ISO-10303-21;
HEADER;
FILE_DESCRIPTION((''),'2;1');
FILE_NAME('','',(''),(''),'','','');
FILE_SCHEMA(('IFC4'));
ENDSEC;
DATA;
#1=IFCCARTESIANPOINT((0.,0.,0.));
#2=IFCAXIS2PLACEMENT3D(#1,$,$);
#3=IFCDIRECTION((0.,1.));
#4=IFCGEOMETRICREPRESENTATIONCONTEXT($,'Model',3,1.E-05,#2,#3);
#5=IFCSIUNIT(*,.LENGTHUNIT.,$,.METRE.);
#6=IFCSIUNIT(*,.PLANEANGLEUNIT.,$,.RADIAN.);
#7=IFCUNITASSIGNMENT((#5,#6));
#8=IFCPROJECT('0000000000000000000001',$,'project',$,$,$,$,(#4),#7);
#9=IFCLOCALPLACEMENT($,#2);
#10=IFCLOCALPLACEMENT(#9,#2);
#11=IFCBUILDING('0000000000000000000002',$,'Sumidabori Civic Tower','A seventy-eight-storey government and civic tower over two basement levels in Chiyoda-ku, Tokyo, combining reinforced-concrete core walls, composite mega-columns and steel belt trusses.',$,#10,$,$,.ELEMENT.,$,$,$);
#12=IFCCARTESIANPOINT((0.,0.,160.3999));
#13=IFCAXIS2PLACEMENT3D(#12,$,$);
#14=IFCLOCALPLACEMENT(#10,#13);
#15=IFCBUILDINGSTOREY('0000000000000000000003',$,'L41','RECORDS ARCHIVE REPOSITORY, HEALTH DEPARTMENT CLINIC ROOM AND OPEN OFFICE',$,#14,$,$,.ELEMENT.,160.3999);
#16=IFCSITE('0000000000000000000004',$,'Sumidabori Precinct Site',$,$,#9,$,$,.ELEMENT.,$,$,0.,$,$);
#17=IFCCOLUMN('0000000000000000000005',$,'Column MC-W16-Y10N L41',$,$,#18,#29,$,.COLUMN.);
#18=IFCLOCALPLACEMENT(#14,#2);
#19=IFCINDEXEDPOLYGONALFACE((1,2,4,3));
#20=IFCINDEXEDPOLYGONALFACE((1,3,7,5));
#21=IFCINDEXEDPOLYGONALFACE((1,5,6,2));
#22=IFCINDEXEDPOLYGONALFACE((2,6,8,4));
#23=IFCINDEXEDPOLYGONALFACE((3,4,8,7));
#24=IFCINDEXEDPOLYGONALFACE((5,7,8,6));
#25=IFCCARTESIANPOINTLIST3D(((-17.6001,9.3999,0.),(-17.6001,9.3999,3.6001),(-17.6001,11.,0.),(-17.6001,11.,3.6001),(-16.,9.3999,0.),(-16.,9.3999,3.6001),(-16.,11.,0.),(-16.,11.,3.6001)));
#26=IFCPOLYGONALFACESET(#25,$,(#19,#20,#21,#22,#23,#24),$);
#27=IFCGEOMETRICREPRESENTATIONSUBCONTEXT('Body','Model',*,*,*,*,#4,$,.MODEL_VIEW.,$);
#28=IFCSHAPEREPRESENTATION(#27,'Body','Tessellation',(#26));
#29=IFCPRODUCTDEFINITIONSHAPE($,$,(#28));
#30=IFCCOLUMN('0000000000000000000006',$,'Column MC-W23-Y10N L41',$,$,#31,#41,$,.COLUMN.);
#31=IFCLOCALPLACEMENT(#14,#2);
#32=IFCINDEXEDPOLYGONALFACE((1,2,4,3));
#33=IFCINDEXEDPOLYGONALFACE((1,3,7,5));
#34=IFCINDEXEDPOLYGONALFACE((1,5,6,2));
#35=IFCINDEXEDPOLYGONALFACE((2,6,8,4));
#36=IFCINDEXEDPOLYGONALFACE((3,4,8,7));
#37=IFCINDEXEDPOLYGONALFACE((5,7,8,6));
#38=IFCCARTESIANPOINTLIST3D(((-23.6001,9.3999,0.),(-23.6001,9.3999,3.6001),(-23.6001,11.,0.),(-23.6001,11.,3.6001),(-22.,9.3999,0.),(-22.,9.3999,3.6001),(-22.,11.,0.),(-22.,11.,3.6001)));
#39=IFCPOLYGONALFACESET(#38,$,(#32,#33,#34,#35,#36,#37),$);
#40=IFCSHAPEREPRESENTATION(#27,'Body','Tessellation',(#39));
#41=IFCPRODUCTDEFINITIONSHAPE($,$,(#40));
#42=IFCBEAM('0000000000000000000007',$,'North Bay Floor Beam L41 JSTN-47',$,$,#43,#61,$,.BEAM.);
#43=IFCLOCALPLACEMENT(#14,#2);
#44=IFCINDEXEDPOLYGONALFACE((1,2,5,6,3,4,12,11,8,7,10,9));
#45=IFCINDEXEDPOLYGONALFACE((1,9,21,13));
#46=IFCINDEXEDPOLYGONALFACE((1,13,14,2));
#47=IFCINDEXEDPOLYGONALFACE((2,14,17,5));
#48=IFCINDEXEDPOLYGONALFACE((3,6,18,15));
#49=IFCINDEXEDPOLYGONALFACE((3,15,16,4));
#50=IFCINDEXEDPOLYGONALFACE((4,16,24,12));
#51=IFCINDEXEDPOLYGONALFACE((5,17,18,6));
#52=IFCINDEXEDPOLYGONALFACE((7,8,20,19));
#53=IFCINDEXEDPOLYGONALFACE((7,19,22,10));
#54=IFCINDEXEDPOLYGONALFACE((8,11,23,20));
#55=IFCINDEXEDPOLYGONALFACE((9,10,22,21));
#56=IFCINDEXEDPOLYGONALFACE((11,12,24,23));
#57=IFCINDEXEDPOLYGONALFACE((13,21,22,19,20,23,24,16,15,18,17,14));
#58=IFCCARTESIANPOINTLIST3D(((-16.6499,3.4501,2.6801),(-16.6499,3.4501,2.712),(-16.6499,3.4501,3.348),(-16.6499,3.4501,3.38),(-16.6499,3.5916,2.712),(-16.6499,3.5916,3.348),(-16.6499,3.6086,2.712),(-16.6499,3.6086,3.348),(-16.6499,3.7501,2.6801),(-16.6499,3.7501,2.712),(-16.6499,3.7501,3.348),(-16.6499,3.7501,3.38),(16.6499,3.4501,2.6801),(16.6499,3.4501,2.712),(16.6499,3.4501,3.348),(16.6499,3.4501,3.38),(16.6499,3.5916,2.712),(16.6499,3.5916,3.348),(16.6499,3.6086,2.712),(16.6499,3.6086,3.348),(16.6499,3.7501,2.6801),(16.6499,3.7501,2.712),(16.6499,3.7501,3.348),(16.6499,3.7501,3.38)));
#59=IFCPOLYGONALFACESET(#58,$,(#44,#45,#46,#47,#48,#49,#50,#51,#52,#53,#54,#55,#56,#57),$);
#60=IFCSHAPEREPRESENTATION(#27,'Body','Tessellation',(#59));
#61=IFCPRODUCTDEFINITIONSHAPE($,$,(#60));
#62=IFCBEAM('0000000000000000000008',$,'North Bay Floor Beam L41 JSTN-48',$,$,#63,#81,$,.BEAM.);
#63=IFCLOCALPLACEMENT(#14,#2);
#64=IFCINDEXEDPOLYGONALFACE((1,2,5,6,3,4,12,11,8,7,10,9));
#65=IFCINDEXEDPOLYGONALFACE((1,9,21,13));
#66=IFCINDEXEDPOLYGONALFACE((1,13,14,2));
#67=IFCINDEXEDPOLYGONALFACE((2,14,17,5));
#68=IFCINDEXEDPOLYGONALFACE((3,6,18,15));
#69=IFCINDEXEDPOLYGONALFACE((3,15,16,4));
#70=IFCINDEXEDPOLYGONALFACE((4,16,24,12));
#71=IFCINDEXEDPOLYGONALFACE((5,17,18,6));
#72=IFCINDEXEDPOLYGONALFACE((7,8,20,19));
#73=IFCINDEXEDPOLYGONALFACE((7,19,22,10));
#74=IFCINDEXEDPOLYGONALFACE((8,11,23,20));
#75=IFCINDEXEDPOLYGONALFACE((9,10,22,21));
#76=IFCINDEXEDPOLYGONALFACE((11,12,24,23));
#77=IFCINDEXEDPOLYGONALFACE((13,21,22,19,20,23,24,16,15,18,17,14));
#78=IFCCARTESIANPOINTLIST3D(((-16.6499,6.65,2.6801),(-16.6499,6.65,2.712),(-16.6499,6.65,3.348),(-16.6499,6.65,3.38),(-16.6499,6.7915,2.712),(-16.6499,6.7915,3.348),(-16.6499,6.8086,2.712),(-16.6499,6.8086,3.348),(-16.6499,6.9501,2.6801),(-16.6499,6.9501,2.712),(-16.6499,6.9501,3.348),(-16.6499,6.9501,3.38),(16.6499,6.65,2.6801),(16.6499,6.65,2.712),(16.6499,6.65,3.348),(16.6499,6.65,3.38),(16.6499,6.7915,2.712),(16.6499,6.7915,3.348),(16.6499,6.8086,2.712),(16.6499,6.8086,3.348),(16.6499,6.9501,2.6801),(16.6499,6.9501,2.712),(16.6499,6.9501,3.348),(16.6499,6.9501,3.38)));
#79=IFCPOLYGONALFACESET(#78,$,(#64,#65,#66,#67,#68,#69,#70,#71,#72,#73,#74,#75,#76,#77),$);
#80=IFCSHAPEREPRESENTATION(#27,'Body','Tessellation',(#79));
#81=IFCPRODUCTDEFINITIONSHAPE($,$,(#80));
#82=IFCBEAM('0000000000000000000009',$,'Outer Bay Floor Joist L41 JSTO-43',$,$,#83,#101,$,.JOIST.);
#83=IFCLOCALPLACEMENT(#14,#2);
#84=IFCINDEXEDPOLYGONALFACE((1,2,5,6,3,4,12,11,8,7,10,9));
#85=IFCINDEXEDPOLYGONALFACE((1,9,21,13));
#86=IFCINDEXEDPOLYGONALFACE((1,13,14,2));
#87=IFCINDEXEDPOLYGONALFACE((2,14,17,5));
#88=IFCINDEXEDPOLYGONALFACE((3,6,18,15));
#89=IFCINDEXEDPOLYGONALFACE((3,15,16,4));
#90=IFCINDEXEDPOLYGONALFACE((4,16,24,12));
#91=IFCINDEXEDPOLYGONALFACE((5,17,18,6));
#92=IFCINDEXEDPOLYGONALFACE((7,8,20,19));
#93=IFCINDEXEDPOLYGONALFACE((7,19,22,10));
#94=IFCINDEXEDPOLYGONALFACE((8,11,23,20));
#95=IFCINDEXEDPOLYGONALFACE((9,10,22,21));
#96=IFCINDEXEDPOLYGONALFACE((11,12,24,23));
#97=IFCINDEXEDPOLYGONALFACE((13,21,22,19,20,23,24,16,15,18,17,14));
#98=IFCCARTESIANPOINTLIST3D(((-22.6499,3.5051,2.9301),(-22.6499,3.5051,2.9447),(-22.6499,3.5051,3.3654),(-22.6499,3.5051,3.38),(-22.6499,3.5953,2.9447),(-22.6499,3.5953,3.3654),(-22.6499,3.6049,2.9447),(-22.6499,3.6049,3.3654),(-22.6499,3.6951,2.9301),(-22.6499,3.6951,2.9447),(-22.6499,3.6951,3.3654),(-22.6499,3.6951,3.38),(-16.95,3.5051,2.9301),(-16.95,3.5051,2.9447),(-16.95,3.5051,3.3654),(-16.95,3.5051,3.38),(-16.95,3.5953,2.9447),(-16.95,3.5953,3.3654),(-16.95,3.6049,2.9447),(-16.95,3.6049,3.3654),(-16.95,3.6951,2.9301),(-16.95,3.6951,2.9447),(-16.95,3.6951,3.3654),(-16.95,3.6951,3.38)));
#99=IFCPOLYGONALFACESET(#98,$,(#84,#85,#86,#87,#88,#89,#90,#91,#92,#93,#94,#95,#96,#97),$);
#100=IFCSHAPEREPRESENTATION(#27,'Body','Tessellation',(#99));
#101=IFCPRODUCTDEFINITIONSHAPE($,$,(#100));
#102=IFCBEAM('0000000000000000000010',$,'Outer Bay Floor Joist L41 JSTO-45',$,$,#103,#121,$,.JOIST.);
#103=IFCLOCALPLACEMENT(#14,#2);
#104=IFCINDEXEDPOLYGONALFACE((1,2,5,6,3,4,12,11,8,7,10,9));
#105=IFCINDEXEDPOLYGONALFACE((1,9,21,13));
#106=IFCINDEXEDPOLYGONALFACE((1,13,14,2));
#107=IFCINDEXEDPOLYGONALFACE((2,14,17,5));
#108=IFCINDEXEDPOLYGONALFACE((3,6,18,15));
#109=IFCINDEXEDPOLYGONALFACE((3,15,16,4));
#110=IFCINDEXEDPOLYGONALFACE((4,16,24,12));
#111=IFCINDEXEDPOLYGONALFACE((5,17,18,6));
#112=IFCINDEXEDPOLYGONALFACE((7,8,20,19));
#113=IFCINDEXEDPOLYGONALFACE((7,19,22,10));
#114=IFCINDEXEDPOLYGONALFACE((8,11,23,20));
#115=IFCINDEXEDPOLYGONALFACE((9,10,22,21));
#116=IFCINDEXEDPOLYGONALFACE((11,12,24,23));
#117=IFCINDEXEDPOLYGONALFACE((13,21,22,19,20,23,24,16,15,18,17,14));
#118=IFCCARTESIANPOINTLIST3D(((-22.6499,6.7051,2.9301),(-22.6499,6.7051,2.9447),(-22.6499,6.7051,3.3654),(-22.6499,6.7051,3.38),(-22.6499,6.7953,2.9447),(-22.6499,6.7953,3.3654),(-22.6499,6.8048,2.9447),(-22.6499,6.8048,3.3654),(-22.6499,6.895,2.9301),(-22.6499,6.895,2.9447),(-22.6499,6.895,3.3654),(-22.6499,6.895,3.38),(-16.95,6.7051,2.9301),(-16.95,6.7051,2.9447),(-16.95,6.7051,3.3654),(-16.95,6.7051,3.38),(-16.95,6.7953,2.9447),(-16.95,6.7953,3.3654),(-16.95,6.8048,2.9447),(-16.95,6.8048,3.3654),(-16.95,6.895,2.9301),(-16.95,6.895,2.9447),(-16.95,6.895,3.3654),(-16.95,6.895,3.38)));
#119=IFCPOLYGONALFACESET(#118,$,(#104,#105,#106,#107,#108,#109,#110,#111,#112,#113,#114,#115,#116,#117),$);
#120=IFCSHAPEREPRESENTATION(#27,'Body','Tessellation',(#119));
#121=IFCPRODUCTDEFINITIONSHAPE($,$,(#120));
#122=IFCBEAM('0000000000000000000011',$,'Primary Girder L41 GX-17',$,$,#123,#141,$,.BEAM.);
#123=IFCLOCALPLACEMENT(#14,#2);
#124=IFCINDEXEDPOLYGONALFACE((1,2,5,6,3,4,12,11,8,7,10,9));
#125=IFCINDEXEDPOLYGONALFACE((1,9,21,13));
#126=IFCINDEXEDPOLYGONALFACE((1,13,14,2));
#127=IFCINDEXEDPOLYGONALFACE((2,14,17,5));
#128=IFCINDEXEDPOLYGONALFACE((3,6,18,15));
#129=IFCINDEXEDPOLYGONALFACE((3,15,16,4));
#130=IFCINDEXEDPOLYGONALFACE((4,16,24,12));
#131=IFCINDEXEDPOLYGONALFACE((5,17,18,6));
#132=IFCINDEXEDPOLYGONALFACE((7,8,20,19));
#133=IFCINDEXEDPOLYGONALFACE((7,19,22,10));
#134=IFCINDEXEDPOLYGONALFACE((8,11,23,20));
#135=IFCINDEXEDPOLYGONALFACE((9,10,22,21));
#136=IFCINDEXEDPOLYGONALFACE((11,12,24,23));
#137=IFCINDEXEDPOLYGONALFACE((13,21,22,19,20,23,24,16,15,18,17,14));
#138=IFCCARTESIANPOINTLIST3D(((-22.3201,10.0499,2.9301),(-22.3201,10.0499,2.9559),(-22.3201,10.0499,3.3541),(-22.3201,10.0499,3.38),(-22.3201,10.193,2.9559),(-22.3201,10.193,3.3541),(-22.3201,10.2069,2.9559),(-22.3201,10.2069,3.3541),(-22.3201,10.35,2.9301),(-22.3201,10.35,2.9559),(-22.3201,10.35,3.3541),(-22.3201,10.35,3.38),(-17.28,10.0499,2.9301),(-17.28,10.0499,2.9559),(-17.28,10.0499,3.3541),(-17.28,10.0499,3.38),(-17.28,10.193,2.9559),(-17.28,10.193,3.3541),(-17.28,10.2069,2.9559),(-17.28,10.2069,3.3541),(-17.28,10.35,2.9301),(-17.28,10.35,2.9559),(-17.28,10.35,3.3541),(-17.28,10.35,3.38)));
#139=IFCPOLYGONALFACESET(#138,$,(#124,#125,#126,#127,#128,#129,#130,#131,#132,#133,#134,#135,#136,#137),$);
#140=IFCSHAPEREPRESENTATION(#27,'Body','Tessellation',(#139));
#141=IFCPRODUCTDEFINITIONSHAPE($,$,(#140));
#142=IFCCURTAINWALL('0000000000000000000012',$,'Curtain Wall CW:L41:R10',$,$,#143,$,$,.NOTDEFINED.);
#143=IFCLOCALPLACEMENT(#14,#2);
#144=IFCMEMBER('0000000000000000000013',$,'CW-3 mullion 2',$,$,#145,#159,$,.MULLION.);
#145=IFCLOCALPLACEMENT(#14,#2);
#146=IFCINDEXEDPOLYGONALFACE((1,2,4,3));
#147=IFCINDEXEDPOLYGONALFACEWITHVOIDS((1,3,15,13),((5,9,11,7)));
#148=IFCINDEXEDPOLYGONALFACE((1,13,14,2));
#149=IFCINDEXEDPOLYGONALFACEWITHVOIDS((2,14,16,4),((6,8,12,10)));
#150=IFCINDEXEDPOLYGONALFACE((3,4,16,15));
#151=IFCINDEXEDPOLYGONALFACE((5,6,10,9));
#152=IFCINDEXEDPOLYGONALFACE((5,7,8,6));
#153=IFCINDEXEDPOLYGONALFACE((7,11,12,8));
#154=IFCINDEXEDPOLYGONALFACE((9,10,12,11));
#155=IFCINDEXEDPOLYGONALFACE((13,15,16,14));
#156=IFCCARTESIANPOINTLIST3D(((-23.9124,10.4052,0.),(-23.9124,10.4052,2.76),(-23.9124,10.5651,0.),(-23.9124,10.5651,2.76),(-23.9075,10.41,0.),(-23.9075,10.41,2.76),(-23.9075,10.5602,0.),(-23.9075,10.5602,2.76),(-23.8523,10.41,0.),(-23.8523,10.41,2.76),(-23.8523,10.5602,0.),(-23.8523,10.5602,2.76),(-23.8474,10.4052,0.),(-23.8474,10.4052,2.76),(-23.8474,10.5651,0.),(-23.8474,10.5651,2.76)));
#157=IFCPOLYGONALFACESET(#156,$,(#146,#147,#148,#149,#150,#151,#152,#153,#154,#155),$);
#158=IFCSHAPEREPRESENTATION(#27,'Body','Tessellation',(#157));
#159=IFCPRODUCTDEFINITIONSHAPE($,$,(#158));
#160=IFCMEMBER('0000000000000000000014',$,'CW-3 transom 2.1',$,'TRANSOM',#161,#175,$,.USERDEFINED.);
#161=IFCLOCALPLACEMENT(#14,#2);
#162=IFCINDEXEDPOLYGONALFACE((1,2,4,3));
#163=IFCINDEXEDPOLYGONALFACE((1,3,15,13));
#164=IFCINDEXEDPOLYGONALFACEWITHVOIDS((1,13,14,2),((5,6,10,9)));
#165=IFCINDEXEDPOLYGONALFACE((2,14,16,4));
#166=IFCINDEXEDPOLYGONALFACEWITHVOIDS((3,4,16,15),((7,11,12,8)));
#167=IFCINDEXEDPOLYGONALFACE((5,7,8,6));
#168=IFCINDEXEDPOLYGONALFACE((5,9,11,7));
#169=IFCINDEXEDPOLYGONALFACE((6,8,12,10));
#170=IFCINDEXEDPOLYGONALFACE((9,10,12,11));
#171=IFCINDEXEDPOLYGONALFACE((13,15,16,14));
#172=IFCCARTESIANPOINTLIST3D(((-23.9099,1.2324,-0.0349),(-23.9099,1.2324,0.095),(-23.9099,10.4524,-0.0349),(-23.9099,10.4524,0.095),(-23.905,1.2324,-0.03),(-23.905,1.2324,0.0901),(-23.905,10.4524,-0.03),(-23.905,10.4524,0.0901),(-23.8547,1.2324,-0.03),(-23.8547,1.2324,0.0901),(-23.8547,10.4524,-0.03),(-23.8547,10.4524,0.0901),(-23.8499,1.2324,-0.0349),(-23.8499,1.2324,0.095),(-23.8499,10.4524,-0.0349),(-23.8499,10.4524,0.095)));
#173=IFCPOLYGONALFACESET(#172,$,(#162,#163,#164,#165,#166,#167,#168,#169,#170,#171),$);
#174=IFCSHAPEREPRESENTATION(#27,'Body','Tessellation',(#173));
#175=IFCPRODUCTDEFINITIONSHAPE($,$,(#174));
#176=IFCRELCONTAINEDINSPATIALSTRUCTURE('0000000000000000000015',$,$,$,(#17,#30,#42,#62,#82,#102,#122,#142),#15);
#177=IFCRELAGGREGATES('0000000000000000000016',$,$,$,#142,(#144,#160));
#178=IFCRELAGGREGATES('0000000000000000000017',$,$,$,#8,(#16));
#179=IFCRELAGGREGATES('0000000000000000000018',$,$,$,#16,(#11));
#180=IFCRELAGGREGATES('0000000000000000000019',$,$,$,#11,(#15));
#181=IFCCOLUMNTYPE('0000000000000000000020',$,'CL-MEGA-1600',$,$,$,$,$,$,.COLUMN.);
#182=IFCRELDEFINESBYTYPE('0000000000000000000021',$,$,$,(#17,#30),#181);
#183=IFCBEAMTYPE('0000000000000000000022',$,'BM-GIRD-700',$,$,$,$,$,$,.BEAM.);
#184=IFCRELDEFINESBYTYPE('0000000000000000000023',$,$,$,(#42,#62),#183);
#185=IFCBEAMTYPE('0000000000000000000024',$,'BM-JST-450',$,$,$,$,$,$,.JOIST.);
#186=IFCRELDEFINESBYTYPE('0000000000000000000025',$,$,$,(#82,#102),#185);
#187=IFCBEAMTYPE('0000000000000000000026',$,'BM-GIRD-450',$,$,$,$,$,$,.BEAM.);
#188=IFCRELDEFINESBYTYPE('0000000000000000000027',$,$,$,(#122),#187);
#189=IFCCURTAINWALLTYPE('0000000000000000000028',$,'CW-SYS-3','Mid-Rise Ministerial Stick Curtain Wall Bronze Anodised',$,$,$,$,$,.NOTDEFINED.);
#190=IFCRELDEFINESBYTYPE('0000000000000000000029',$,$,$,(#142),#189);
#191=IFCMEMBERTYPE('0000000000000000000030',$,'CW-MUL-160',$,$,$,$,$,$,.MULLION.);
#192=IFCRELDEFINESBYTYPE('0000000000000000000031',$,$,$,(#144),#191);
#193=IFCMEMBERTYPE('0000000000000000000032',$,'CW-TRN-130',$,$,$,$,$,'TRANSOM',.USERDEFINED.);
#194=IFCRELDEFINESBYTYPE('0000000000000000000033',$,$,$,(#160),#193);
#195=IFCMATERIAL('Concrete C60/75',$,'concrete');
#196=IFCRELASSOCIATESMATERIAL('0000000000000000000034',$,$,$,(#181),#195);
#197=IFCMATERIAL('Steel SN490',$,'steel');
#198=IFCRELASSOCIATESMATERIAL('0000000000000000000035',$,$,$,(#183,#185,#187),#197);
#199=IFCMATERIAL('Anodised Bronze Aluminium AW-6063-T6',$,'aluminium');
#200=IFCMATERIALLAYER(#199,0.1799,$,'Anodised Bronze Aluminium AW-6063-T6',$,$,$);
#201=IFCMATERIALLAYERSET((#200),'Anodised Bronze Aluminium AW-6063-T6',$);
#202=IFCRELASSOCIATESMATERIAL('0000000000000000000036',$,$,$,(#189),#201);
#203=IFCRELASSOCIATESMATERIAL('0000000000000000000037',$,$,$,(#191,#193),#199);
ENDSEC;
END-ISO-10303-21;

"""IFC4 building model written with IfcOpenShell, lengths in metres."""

from ifc_helpers import new_model, si_unit, direction, frame, origin, origin_2d, place, context, subcontext, project, spatial, rectangle, hollow_rectangle, i_section, extrude, source, transform, mapped, material, layer, layer_set, material_profile, profile_set, type_object, element, aggregate, save


model = new_model("IFC4")

# Units and contexts
model_context = context("Model", 3, precision=1e-05, world=origin(), true_north=direction((0.0, 1.0)))
body_context = subcontext(model_context, "Body", "Model", "MODEL_VIEW")
ifc_project = project(units=[si_unit("LENGTHUNIT", "METRE"), si_unit("PLANEANGLEUNIT", "RADIAN")], contexts=[model_context])

# Site, building, storey
site_placement = place(None, origin())
site = spatial("IfcSite", under=ifc_project, at=site_placement, Name="Sumidabori Precinct Site", CompositionType="ELEMENT", RefElevation=0.0)
building_placement = place(site_placement, origin())
building = spatial("IfcBuilding", under=site, at=building_placement, Name="Sumidabori Civic Tower", Description="A seventy-eight-storey government and civic tower over two basement levels in Chiyoda-ku, Tokyo, combining reinforced-concrete core walls, composite mega-columns and steel belt trusses.", CompositionType="ELEMENT")
storey_placement = place(building_placement, frame((0.0, 0.0, 160.3999)))
storey = spatial("IfcBuildingStorey", under=building, at=storey_placement, Name="L41", Description="RECORDS ARCHIVE REPOSITORY, HEALTH DEPARTMENT CLINIC ROOM AND OPEN OFFICE", CompositionType="ELEMENT", Elevation=160.3999)

# Columns
ifc_material_1 = material(Name="Concrete C60/75", Category="concrete")
ifc_material_profile_1 = material_profile(ifc_material_1, rectangle(XDim=1.6001, YDim=1.6001, at=origin_2d()), Name="RC 1600x1600")
ifc_profile_set_1 = profile_set([ifc_material_profile_1], Name="Concrete C60/75")
column_type = type_object("IfcColumnType", Name="CL-MEGA-1600", PredefinedType="COLUMN", material=ifc_profile_set_1)
shared_shape_1 = source(origin(), body_context, "Body", "SweptSolid", [
    extrude(rectangle(XDim=1.6001, YDim=1.6001, at=origin_2d()), origin(), (0.0, 0.0, 1.0), 3.6001),
])
for number, where, z_axis, x_axis, name in (
    (1, (-16.8, 10.2, 0.0), (0.0, 0.0, 1.0), (1.0, 0.0, 0.0), "Column MC-W16-Y10N L41"),
    (2, (-22.8, 10.2, 0.0), (0.0, 0.0, 1.0), (1.0, 0.0, 0.0), "Column MC-W23-Y10N L41"),
):
    element("IfcColumn", number, at=place(storey_placement, frame(where, z_axis=z_axis, x_axis=x_axis)), inside=storey, type_object=column_type, Name=name, PredefinedType="COLUMN", context=body_context, shape_type="MappedRepresentation", body=[
        mapped(shared_shape_1, transform((0.0, 0.0, 0.0), x_axis=(1.0, 0.0, 0.0), y_axis=(0.0, 1.0, 0.0), z_axis=(0.0, 0.0, 1.0), scale=1.0)),
    ])

# Beams
ifc_material_2 = material(Name="Steel SN490", Category="steel")
ifc_material_profile_2 = material_profile(ifc_material_2, i_section(OverallWidth=0.3, OverallDepth=0.7, WebThickness=0.0171, FlangeThickness=0.032, at=origin_2d()), Name="HE 700 B")
ifc_profile_set_2 = profile_set([ifc_material_profile_2], Name="Steel SN490")
beam_type_1 = type_object("IfcBeamType", Name="BM-GIRD-700", PredefinedType="BEAM", material=ifc_profile_set_2)
shared_shape_2 = source(origin(), body_context, "Body", "SweptSolid", [
    extrude(i_section(OverallWidth=0.3, OverallDepth=0.7, WebThickness=0.0171, FlangeThickness=0.032, at=origin_2d()), origin(), (0.0, 0.0, 1.0), 33.2998),
])
for number, where, z_axis, x_axis, name in (
    (3, (-16.6499, 3.6001, 3.03), (1.0, 0.0, 0.0), (0.0, 1.0, 0.0), "North Bay Floor Beam L41 JSTN-47"),
    (4, (-16.6499, 6.8, 3.03), (1.0, 0.0, 0.0), (0.0, 1.0, 0.0), "North Bay Floor Beam L41 JSTN-48"),
):
    element("IfcBeam", number, at=place(storey_placement, frame(where, z_axis=z_axis, x_axis=x_axis)), inside=storey, type_object=beam_type_1, Name=name, PredefinedType="BEAM", context=body_context, shape_type="MappedRepresentation", body=[
        mapped(shared_shape_2, transform((0.0, 0.0, 0.0), x_axis=(1.0, 0.0, 0.0), y_axis=(0.0, 1.0, 0.0), z_axis=(0.0, 0.0, 1.0), scale=1.0)),
    ])
ifc_material_profile_3 = material_profile(ifc_material_2, i_section(OverallWidth=0.1899, OverallDepth=0.45, WebThickness=0.0095, FlangeThickness=0.0146, at=origin_2d()), Name="IPE 450")
ifc_profile_set_3 = profile_set([ifc_material_profile_3], Name="Steel SN490")
beam_type_2 = type_object("IfcBeamType", Name="BM-JST-450", PredefinedType="JOIST", material=ifc_profile_set_3)
shared_shape_3 = source(origin(), body_context, "Body", "SweptSolid", [
    extrude(i_section(OverallWidth=0.1899, OverallDepth=0.45, WebThickness=0.0095, FlangeThickness=0.0146, at=origin_2d()), origin(), (0.0, 0.0, 1.0), 5.7),
])
for number, where, z_axis, x_axis, name in (
    (5, (-22.6499, 3.6001, 3.155), (1.0, 0.0, 0.0), (0.0, 1.0, 0.0), "Outer Bay Floor Joist L41 JSTO-43"),
    (6, (-22.6499, 6.8, 3.155), (1.0, 0.0, 0.0), (0.0, 1.0, 0.0), "Outer Bay Floor Joist L41 JSTO-45"),
):
    element("IfcBeam", number, at=place(storey_placement, frame(where, z_axis=z_axis, x_axis=x_axis)), inside=storey, type_object=beam_type_2, Name=name, PredefinedType="JOIST", context=body_context, shape_type="MappedRepresentation", body=[
        mapped(shared_shape_3, transform((0.0, 0.0, 0.0), x_axis=(1.0, 0.0, 0.0), y_axis=(0.0, 1.0, 0.0), z_axis=(0.0, 0.0, 1.0), scale=1.0)),
    ])
ifc_material_profile_4 = material_profile(ifc_material_2, i_section(OverallWidth=0.3, OverallDepth=0.45, WebThickness=0.0139, FlangeThickness=0.0259, at=origin_2d()), Name="HE 450 B")
ifc_profile_set_4 = profile_set([ifc_material_profile_4], Name="Steel SN490")
beam_type_3 = type_object("IfcBeamType", Name="BM-GIRD-450", PredefinedType="BEAM", material=ifc_profile_set_4)
shared_shape_4 = source(origin(), body_context, "Body", "SweptSolid", [
    extrude(i_section(OverallWidth=0.3, OverallDepth=0.45, WebThickness=0.0139, FlangeThickness=0.0259, at=origin_2d()), origin(), (0.0, 0.0, 1.0), 5.04),
])
beam_placement = place(storey_placement, frame((-22.3201, 10.2, 3.155), z_axis=(1.0, 0.0, 0.0), x_axis=(0.0, 1.0, 0.0)))
element("IfcBeam", 7, at=beam_placement, inside=storey, type_object=beam_type_3, Name="Primary Girder L41 GX-17", PredefinedType="BEAM", context=body_context, shape_type="MappedRepresentation", body=[
    mapped(shared_shape_4, transform((0.0, 0.0, 0.0), x_axis=(1.0, 0.0, 0.0), y_axis=(0.0, 1.0, 0.0), z_axis=(0.0, 0.0, 1.0), scale=1.0)),
])

# Curtain wall, members
ifc_material_3 = material(Name="Anodised Bronze Aluminium AW-6063-T6", Category="aluminium")
ifc_layer_1 = layer(ifc_material_3, 0.1799, Name="Anodised Bronze Aluminium AW-6063-T6")
ifc_layer_set_1 = layer_set([ifc_layer_1], Name="Anodised Bronze Aluminium AW-6063-T6")
curtain_wall_type = type_object("IfcCurtainWallType", Name="CW-SYS-3", Description="Mid-Rise Ministerial Stick Curtain Wall Bronze Anodised", PredefinedType="NOTDEFINED", material=ifc_layer_set_1)
curtain_wall_placement = place(storey_placement, origin())
curtain_wall = element("IfcCurtainWall", 8, at=curtain_wall_placement, inside=storey, type_object=curtain_wall_type, Name="Curtain Wall CW:L41:R10", PredefinedType="NOTDEFINED")
ifc_material_profile_5 = material_profile(ifc_material_3, hollow_rectangle(XDim=0.0649, YDim=0.1599, WallThickness=0.0049, at=origin_2d()), Name="ALU MULLION 160x65")
ifc_profile_set_5 = profile_set([ifc_material_profile_5], Name="Anodised Bronze Aluminium AW-6063-T6")
member_type_1 = type_object("IfcMemberType", Name="CW-MUL-160", PredefinedType="MULLION", material=ifc_profile_set_5)
shared_shape_5 = source(origin(), body_context, "Body", "SweptSolid", [
    extrude(hollow_rectangle(XDim=0.0649, YDim=0.1599, WallThickness=0.0049, at=origin_2d()), origin(), (0.0, 0.0, 1.0), 2.76),
])
member_1_placement = place(storey_placement, frame((-23.8799, 10.4851, 0.0), z_axis=(0.0, 0.0, 1.0), x_axis=(1.0, 0.0, 0.0)))
member_1 = element("IfcMember", 9, at=member_1_placement, type_object=member_type_1, Name="CW-3 mullion 2", PredefinedType="MULLION", context=body_context, shape_type="MappedRepresentation", body=[
    mapped(shared_shape_5, transform((0.0, 0.0, 0.0), x_axis=(1.0, 0.0, 0.0), y_axis=(0.0, 1.0, 0.0), z_axis=(0.0, 0.0, 1.0), scale=1.0)),
])
ifc_material_profile_6 = material_profile(ifc_material_3, hollow_rectangle(XDim=0.0601, YDim=0.1299, WallThickness=0.0049, at=origin_2d()), Name="ALU TRANSOM 130x60")
ifc_profile_set_6 = profile_set([ifc_material_profile_6], Name="Anodised Bronze Aluminium AW-6063-T6")
member_type_2 = type_object("IfcMemberType", Name="CW-TRN-130", ElementType="TRANSOM", PredefinedType="USERDEFINED", material=ifc_profile_set_6)
shared_shape_6 = source(origin(), body_context, "Body", "SweptSolid", [
    extrude(hollow_rectangle(XDim=0.0601, YDim=0.1299, WallThickness=0.0049, at=origin_2d()), origin(), (0.0, 0.0, 1.0), 9.22),
])
member_2_placement = place(storey_placement, frame((-23.8799, 10.4524, 0.03), z_axis=(0.0, -1.0, 0.0), x_axis=(1.0, 0.0, 0.0)))
member_2 = element("IfcMember", 10, at=member_2_placement, type_object=member_type_2, Name="CW-3 transom 2.1", ObjectType="TRANSOM", PredefinedType="USERDEFINED", context=body_context, shape_type="MappedRepresentation", body=[
    mapped(shared_shape_6, transform((0.0, 0.0, 0.0), x_axis=(1.0, 0.0, 0.0), y_axis=(0.0, 1.0, 0.0), z_axis=(0.0, 0.0, 1.0), scale=1.0)),
])
aggregate(curtain_wall, [member_1, member_2])

save(model, "model.ifc")
